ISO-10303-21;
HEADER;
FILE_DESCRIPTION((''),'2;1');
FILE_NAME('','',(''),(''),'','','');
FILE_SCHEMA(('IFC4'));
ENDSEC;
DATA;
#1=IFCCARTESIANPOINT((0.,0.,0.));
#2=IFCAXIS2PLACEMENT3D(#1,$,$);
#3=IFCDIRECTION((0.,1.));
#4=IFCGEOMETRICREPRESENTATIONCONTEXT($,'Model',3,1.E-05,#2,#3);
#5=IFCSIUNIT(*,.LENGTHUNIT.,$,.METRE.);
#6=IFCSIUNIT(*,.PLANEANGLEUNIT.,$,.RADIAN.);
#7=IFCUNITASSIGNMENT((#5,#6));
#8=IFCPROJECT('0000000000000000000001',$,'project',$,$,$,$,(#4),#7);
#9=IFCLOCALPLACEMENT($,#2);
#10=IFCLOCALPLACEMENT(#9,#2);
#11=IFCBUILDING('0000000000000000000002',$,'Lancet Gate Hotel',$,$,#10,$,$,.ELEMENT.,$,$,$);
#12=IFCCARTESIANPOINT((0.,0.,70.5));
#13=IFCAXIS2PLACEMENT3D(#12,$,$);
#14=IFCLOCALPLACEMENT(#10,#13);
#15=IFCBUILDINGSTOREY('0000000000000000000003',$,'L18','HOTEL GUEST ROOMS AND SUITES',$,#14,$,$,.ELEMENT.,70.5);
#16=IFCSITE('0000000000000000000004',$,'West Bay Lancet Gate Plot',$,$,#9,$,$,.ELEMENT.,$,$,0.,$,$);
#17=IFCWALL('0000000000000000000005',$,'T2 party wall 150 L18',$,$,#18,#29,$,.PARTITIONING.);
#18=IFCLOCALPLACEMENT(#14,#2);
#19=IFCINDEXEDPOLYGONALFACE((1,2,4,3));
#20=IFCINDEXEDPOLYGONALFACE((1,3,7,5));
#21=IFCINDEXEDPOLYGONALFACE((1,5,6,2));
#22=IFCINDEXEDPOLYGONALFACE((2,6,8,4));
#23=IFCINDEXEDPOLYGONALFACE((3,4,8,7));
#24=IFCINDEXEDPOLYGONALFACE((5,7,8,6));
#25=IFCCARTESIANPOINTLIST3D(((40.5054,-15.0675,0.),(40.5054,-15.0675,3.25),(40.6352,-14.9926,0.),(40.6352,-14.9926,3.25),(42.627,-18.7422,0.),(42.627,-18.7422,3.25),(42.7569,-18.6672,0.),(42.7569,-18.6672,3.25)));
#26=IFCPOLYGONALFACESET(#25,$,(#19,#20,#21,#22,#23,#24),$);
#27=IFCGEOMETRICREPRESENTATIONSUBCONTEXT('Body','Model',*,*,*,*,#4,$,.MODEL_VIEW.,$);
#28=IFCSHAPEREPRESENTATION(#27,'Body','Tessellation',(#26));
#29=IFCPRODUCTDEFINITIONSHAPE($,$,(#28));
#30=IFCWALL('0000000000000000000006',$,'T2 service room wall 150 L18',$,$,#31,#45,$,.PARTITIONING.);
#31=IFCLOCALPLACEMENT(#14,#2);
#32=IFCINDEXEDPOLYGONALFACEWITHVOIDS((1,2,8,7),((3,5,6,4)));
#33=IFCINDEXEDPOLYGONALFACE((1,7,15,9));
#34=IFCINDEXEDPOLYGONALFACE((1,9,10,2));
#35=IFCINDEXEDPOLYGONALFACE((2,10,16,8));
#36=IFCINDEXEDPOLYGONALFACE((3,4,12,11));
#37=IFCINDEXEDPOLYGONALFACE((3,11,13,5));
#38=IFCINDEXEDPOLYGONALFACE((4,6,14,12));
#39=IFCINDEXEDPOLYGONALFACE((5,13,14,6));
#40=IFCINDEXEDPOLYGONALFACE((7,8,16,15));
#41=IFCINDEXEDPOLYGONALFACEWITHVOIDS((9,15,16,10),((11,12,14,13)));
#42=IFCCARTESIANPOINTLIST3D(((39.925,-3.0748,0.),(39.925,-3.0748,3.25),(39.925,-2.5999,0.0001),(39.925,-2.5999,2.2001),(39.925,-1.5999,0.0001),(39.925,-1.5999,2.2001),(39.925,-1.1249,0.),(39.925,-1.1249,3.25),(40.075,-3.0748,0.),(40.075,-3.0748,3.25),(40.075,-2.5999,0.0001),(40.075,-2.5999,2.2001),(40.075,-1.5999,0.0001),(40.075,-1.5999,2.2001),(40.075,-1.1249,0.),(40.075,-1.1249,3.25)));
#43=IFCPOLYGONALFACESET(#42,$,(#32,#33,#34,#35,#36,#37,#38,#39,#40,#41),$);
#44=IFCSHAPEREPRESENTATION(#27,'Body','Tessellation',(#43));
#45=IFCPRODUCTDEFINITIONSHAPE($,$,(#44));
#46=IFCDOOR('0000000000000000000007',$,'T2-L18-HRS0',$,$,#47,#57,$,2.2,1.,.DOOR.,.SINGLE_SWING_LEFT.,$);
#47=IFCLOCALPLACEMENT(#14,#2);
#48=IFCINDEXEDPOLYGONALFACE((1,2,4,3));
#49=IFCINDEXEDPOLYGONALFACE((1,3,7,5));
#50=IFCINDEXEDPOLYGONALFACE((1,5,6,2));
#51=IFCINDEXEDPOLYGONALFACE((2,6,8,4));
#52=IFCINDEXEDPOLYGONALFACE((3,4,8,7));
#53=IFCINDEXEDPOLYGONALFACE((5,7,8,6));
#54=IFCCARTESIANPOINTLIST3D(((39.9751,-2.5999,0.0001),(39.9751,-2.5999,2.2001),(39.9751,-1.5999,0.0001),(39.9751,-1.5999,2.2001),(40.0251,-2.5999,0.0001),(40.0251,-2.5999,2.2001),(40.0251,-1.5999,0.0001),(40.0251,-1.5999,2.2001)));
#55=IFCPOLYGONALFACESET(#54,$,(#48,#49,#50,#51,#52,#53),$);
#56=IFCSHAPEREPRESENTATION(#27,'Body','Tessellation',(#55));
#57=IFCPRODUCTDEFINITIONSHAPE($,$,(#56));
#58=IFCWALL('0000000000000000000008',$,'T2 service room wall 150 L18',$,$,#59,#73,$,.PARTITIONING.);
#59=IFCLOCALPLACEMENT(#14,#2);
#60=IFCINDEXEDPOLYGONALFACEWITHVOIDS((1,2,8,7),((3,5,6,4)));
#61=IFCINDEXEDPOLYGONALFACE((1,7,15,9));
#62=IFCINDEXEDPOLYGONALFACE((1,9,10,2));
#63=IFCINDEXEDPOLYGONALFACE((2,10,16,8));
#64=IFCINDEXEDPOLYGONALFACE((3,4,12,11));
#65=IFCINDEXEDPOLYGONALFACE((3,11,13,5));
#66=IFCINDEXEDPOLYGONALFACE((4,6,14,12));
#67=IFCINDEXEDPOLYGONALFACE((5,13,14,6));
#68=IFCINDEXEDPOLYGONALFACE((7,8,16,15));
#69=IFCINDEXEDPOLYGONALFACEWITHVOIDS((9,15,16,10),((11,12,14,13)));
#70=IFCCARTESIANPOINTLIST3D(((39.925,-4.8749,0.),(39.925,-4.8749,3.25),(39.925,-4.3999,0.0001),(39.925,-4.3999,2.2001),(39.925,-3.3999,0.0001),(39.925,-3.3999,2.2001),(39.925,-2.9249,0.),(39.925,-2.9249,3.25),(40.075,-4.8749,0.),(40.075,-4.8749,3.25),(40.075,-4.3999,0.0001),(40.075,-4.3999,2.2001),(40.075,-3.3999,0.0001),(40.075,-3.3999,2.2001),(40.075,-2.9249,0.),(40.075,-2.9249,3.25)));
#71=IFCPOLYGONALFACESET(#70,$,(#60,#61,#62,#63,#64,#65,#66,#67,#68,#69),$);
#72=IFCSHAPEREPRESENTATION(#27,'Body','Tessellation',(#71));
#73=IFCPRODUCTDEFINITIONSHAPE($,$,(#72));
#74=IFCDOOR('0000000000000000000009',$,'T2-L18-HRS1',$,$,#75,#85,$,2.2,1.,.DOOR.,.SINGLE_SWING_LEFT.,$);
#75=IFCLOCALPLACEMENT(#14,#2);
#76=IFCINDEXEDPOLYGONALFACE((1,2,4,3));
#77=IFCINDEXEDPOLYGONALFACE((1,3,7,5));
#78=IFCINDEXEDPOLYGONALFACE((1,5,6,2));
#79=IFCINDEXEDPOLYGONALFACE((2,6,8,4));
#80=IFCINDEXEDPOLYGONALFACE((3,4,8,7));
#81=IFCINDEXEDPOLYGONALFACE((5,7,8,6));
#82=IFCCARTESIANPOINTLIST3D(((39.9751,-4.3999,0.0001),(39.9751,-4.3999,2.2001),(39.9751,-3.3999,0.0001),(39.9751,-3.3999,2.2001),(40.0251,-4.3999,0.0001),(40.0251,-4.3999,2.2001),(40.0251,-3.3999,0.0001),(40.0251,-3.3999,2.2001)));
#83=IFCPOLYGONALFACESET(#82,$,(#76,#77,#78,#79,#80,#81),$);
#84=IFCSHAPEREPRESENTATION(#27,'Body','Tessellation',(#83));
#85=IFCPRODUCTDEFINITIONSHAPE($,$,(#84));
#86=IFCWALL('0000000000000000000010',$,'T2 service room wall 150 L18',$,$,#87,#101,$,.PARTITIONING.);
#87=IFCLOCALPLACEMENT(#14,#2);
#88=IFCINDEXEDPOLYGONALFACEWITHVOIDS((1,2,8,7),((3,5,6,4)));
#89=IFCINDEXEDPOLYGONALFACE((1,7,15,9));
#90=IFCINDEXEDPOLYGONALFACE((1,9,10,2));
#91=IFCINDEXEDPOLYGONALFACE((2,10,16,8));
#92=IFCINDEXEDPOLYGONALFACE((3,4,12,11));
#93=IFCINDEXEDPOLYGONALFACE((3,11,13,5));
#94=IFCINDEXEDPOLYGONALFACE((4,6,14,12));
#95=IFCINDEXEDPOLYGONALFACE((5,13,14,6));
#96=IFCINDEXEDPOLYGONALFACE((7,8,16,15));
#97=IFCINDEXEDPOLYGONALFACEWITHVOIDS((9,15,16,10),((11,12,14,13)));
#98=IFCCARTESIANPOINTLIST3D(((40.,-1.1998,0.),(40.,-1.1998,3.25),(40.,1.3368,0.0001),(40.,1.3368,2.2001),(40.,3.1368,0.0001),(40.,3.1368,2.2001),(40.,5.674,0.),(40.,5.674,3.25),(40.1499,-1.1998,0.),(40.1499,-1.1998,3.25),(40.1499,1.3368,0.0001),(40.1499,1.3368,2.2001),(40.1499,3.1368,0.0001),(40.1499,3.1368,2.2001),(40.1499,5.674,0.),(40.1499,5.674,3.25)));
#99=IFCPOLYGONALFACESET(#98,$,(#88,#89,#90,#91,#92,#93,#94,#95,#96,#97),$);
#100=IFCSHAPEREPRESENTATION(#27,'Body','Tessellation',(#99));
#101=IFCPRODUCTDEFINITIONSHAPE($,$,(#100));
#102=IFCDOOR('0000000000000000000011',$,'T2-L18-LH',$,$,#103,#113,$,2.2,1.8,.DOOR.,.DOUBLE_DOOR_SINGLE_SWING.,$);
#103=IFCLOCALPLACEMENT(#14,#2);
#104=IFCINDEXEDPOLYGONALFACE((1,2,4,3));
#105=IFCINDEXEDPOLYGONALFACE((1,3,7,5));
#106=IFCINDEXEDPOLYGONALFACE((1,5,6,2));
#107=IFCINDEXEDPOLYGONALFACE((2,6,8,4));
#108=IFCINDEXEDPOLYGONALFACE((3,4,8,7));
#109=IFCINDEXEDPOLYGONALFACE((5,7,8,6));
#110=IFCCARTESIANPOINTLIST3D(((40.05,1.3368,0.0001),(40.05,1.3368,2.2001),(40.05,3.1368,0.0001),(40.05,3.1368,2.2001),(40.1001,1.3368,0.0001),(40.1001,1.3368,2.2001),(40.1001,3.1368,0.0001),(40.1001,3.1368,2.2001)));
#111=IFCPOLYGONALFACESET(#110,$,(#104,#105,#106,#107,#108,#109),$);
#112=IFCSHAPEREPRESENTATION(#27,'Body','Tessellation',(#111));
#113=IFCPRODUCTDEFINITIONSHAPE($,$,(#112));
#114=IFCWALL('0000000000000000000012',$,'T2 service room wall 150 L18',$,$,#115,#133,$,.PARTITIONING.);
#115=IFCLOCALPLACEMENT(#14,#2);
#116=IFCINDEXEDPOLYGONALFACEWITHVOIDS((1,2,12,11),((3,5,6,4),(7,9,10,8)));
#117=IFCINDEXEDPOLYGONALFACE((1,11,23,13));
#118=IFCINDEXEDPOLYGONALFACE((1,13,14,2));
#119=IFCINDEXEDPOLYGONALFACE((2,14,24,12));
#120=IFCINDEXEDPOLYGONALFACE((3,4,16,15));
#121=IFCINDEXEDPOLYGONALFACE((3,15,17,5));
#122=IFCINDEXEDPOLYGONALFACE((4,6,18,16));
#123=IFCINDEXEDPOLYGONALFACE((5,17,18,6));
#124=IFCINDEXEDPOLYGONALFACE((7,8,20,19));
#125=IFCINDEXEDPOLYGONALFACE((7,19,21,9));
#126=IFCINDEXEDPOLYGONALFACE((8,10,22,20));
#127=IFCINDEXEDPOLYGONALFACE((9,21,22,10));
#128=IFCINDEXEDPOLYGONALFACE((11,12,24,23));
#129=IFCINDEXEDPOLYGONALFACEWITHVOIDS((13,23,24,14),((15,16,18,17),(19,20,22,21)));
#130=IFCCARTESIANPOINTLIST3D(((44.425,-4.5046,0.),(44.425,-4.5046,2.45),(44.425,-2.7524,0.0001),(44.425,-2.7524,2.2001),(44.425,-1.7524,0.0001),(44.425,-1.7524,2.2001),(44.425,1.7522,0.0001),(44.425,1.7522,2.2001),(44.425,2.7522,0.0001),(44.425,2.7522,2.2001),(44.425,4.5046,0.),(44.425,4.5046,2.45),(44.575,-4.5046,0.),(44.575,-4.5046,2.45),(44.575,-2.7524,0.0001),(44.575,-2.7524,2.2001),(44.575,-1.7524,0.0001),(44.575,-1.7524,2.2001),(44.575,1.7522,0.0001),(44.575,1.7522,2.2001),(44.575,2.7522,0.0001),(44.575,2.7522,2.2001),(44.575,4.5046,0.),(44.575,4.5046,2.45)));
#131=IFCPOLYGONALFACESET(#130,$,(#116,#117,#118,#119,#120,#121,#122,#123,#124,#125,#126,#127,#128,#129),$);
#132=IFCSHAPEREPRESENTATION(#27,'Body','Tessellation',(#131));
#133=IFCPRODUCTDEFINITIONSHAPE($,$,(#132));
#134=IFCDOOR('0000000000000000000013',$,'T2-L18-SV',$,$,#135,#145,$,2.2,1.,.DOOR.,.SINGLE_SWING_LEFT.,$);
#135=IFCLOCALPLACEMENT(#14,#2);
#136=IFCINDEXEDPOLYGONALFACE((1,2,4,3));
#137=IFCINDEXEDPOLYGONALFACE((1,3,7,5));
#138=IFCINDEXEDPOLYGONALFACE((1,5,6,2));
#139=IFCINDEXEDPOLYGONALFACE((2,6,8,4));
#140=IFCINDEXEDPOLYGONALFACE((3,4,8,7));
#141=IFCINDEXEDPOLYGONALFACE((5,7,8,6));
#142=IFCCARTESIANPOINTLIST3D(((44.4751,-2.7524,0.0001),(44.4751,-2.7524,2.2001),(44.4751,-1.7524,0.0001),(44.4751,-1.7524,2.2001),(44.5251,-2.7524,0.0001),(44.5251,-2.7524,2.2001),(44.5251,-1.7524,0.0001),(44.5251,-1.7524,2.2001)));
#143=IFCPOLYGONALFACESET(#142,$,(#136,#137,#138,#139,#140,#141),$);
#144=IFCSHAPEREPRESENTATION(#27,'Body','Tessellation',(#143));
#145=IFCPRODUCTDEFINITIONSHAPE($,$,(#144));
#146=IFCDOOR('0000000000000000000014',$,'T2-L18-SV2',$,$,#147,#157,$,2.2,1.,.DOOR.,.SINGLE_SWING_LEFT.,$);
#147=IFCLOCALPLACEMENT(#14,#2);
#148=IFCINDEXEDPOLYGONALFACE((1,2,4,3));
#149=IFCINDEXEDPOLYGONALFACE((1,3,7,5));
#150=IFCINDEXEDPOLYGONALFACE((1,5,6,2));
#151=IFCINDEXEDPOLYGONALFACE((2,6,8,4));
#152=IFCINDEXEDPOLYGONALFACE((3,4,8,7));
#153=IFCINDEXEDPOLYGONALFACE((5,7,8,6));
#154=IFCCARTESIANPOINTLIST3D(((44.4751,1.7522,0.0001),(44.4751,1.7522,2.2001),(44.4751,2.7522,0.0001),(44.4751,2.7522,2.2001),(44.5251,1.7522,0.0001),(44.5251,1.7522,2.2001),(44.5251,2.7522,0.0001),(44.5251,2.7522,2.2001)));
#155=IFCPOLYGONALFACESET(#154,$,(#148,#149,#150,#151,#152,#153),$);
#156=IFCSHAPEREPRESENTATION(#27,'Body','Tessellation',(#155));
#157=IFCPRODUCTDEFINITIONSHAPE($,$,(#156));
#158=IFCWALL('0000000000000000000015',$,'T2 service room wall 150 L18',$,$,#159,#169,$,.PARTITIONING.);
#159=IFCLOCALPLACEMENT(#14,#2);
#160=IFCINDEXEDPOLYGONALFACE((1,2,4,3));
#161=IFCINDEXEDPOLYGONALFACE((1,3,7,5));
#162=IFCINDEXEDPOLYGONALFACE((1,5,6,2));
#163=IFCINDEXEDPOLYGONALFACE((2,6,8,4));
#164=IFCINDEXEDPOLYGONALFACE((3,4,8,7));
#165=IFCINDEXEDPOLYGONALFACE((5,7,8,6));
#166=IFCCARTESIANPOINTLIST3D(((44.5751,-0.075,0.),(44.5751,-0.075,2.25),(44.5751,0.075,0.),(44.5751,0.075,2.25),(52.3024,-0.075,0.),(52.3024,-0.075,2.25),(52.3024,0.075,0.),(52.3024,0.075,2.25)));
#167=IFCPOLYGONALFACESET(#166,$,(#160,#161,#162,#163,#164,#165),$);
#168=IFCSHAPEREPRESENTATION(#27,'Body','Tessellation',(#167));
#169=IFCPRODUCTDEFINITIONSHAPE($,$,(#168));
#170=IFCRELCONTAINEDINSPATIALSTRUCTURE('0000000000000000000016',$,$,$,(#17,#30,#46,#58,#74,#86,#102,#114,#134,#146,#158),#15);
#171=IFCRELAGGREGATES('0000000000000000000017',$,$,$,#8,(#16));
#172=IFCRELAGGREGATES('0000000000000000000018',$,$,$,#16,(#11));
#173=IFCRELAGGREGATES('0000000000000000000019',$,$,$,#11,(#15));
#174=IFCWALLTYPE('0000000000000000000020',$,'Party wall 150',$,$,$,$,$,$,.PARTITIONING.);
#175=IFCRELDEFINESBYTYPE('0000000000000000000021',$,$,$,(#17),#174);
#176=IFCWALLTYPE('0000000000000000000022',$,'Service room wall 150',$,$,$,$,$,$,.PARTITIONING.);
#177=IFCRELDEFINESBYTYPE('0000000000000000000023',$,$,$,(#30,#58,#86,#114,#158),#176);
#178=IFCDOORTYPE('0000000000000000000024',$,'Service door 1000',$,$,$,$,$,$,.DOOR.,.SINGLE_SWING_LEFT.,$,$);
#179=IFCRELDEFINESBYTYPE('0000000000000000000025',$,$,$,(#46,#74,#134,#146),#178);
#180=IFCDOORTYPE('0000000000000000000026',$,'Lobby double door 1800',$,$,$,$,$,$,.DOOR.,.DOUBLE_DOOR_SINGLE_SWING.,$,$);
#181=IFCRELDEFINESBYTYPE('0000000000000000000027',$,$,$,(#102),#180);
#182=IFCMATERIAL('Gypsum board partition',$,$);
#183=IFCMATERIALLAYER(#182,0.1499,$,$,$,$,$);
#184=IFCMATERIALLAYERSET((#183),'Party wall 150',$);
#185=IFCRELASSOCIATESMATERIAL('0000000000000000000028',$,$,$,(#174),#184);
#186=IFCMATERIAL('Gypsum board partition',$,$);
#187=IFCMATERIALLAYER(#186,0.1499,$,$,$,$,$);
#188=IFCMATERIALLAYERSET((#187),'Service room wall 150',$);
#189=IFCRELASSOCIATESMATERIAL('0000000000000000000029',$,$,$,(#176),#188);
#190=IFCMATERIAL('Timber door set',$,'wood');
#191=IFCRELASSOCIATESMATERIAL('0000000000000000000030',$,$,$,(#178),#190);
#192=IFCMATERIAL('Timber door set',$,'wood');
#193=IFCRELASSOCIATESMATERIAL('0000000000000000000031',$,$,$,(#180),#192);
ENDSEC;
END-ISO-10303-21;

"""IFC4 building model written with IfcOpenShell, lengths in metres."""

from ifc_helpers import new_model, si_unit, direction, frame, frame_2d, origin, place, context, subcontext, project, spatial, rectangle, extrude, material, layer, layer_set, type_object, element, fill, save


model = new_model("IFC4")

# Units and contexts
model_context = context("Model", 3, precision=1e-05, world=origin(), true_north=direction((0.0, 1.0)))
body_context = subcontext(model_context, "Body", "Model", "MODEL_VIEW")
ifc_project = project(units=[si_unit("LENGTHUNIT", "METRE"), si_unit("PLANEANGLEUNIT", "RADIAN")], contexts=[model_context])

# Site, building, storey
site_placement = place(None, origin())
site = spatial("IfcSite", under=ifc_project, at=site_placement, Name="West Bay Lancet Gate Plot", CompositionType="ELEMENT", RefElevation=0.0)
building_placement = place(site_placement, origin())
building = spatial("IfcBuilding", under=site, at=building_placement, Name="Lancet Gate Hotel", CompositionType="ELEMENT")
storey_placement = place(building_placement, frame((0.0, 0.0, 70.5)))
storey = spatial("IfcBuildingStorey", under=building, at=storey_placement, Name="L18", Description="HOTEL GUEST ROOMS AND SUITES", CompositionType="ELEMENT", Elevation=70.5)

# Wall
ifc_material_1 = material(Name="Gypsum board partition")
ifc_layer_1 = layer(ifc_material_1, 0.1499)
ifc_layer_set_1 = layer_set([ifc_layer_1], Name="Party wall 150")
wall_type_1 = type_object("IfcWallType", Name="Party wall 150", PredefinedType="PARTITIONING", material=ifc_layer_set_1)
wall_1_placement = place(storey_placement, frame((40.5703, -15.03, 0.0), z_axis=(0.0, 0.0, 1.0), x_axis=(0.500013, -0.866018, 0.0)))
element("IfcWall", 1, at=wall_1_placement, inside=storey, type_object=wall_type_1, Name="T2 party wall 150 L18", PredefinedType="PARTITIONING", context=body_context, shape_type="SweptSolid", body=[
    extrude(rectangle(XDim=4.2432, YDim=0.1499, at=frame_2d((2.1216, 0.0))), origin(), (0.0, 0.0, 1.0), 3.25),
])

# Walls, openings, doors
ifc_material_2 = material(Name="Gypsum board partition")
ifc_layer_2 = layer(ifc_material_2, 0.1499)
ifc_layer_set_2 = layer_set([ifc_layer_2], Name="Service room wall 150")
wall_type_2 = type_object("IfcWallType", Name="Service room wall 150", PredefinedType="PARTITIONING", material=ifc_layer_set_2)
wall_2_placement = place(storey_placement, frame((40.0, -3.075, 0.0), z_axis=(0.0, 0.0, 1.0), x_axis=(0.0, 1.0, 0.0)))
wall_2 = element("IfcWall", 2, at=wall_2_placement, inside=storey, type_object=wall_type_2, Name="T2 service room wall 150 L18", PredefinedType="PARTITIONING", context=body_context, shape_type="SweptSolid", body=[
    extrude(rectangle(XDim=1.95, YDim=0.1499, at=frame_2d((0.9751, 0.0))), origin(), (0.0, 0.0, 1.0), 3.25),
])
opening_1_placement = place(wall_2_placement, frame((0.4751, 0.0, 0.0)))
opening_1 = element("IfcOpeningElement", 3, at=opening_1_placement, cuts=wall_2, PredefinedType="OPENING", context=body_context, shape_type="SweptSolid", body=[
    extrude(rectangle(XDim=1.0, YDim=2.2, at=frame_2d((0.5, 1.1001))), frame((0.0, 0.085, 0.0), z_axis=(0.0, -1.0, 0.0), x_axis=(1.0, 0.0, 0.0)), (0.0, 0.0, 1.0), 0.1699),
])
ifc_material_3 = material(Name="Timber door set", Category="wood")
door_type_1 = type_object("IfcDoorType", Name="Service door 1000", OperationType="SINGLE_SWING_LEFT", PredefinedType="DOOR", material=ifc_material_3)
door_1_placement = place(opening_1_placement, origin())
door_1 = element("IfcDoor", 4, at=door_1_placement, inside=storey, type_object=door_type_1, Name="T2-L18-HRS0", OperationType="SINGLE_SWING_LEFT", OverallHeight=2.2, OverallWidth=1.0, PredefinedType="DOOR", context=body_context, shape_type="SweptSolid", body=[
    extrude(rectangle(XDim=1.0, YDim=2.2, at=frame_2d((0.5, 1.1001))), frame((0.0, 0.0249, 0.0), z_axis=(0.0, -1.0, 0.0), x_axis=(1.0, 0.0, 0.0)), (0.0, 0.0, 1.0), 0.05),
])
fill(opening_1, door_1)
wall_3_placement = place(storey_placement, frame((40.0, -4.875, 0.0), z_axis=(0.0, 0.0, 1.0), x_axis=(0.0, 1.0, 0.0)))
wall_3 = element("IfcWall", 5, at=wall_3_placement, inside=storey, type_object=wall_type_2, Name="T2 service room wall 150 L18", PredefinedType="PARTITIONING", context=body_context, shape_type="SweptSolid", body=[
    extrude(rectangle(XDim=1.95, YDim=0.1499, at=frame_2d((0.9751, 0.0))), origin(), (0.0, 0.0, 1.0), 3.25),
])
opening_2_placement = place(wall_3_placement, frame((0.4751, 0.0, 0.0)))
opening_2 = element("IfcOpeningElement", 6, at=opening_2_placement, cuts=wall_3, PredefinedType="OPENING", context=body_context, shape_type="SweptSolid", body=[
    extrude(rectangle(XDim=1.0, YDim=2.2, at=frame_2d((0.5, 1.1001))), frame((0.0, 0.085, 0.0), z_axis=(0.0, -1.0, 0.0), x_axis=(1.0, 0.0, 0.0)), (0.0, 0.0, 1.0), 0.1699),
])
door_2_placement = place(opening_2_placement, origin())
door_2 = element("IfcDoor", 7, at=door_2_placement, inside=storey, type_object=door_type_1, Name="T2-L18-HRS1", OperationType="SINGLE_SWING_LEFT", OverallHeight=2.2, OverallWidth=1.0, PredefinedType="DOOR", context=body_context, shape_type="SweptSolid", body=[
    extrude(rectangle(XDim=1.0, YDim=2.2, at=frame_2d((0.5, 1.1001))), frame((0.0, 0.0249, 0.0), z_axis=(0.0, -1.0, 0.0), x_axis=(1.0, 0.0, 0.0)), (0.0, 0.0, 1.0), 0.05),
])
fill(opening_2, door_2)
wall_4_placement = place(storey_placement, frame((40.075, -1.2, 0.0), z_axis=(0.0, 0.0, 1.0), x_axis=(0.0, 1.0, 0.0)))
wall_4 = element("IfcWall", 8, at=wall_4_placement, inside=storey, type_object=wall_type_2, Name="T2 service room wall 150 L18", PredefinedType="PARTITIONING", context=body_context, shape_type="SweptSolid", body=[
    extrude(rectangle(XDim=6.8738, YDim=0.1499, at=frame_2d((3.437, 0.0))), origin(), (0.0, 0.0, 1.0), 3.25),
])
opening_3_placement = place(wall_4_placement, frame((2.5369, 0.0, 0.0)))
opening_3 = element("IfcOpeningElement", 9, at=opening_3_placement, cuts=wall_4, PredefinedType="OPENING", context=body_context, shape_type="SweptSolid", body=[
    extrude(rectangle(XDim=1.8, YDim=2.2, at=frame_2d((0.8999, 1.1001))), frame((0.0, 0.085, 0.0), z_axis=(0.0, -1.0, 0.0), x_axis=(1.0, 0.0, 0.0)), (0.0, 0.0, 1.0), 0.1699),
])
ifc_material_4 = material(Name="Timber door set", Category="wood")
door_type_2 = type_object("IfcDoorType", Name="Lobby double door 1800", OperationType="DOUBLE_DOOR_SINGLE_SWING", PredefinedType="DOOR", material=ifc_material_4)
door_3_placement = place(opening_3_placement, origin())
door_3 = element("IfcDoor", 10, at=door_3_placement, inside=storey, type_object=door_type_2, Name="T2-L18-LH", OperationType="DOUBLE_DOOR_SINGLE_SWING", OverallHeight=2.2, OverallWidth=1.8, PredefinedType="DOOR", context=body_context, shape_type="SweptSolid", body=[
    extrude(rectangle(XDim=1.8, YDim=2.2, at=frame_2d((0.8999, 1.1001))), frame((0.0, 0.0249, 0.0), z_axis=(0.0, -1.0, 0.0), x_axis=(1.0, 0.0, 0.0)), (0.0, 0.0, 1.0), 0.05),
])
fill(opening_3, door_3)

# Wall, openings, doors
wall_5_placement = place(storey_placement, frame((44.5, -4.5046, 0.0), z_axis=(0.0, 0.0, 1.0), x_axis=(0.0, 1.0, 0.0)))
wall_5 = element("IfcWall", 11, at=wall_5_placement, inside=storey, type_object=wall_type_2, Name="T2 service room wall 150 L18", PredefinedType="PARTITIONING", context=body_context, shape_type="SweptSolid", body=[
    extrude(rectangle(XDim=9.0093, YDim=0.1499, at=frame_2d((4.5046, 0.0))), origin(), (0.0, 0.0, 1.0), 2.45),
])
opening_4_placement = place(wall_5_placement, frame((1.7522, 0.0, 0.0)))
opening_4 = element("IfcOpeningElement", 12, at=opening_4_placement, cuts=wall_5, PredefinedType="OPENING", context=body_context, shape_type="SweptSolid", body=[
    extrude(rectangle(XDim=1.0, YDim=2.2, at=frame_2d((0.5, 1.1001))), frame((0.0, 0.085, 0.0), z_axis=(0.0, -1.0, 0.0), x_axis=(1.0, 0.0, 0.0)), (0.0, 0.0, 1.0), 0.1699),
])
opening_5_placement = place(wall_5_placement, frame((6.2568, 0.0, 0.0)))
opening_5 = element("IfcOpeningElement", 13, at=opening_5_placement, cuts=wall_5, PredefinedType="OPENING", context=body_context, shape_type="SweptSolid", body=[
    extrude(rectangle(XDim=1.0, YDim=2.2, at=frame_2d((0.5, 1.1001))), frame((0.0, 0.085, 0.0), z_axis=(0.0, -1.0, 0.0), x_axis=(1.0, 0.0, 0.0)), (0.0, 0.0, 1.0), 0.1699),
])
door_4_placement = place(opening_4_placement, origin())
door_4 = element("IfcDoor", 14, at=door_4_placement, inside=storey, type_object=door_type_1, Name="T2-L18-SV", OperationType="SINGLE_SWING_LEFT", OverallHeight=2.2, OverallWidth=1.0, PredefinedType="DOOR", context=body_context, shape_type="SweptSolid", body=[
    extrude(rectangle(XDim=1.0, YDim=2.2, at=frame_2d((0.5, 1.1001))), frame((0.0, 0.0249, 0.0), z_axis=(0.0, -1.0, 0.0), x_axis=(1.0, 0.0, 0.0)), (0.0, 0.0, 1.0), 0.05),
])
fill(opening_4, door_4)
door_5_placement = place(opening_5_placement, origin())
door_5 = element("IfcDoor", 15, at=door_5_placement, inside=storey, type_object=door_type_1, Name="T2-L18-SV2", OperationType="SINGLE_SWING_LEFT", OverallHeight=2.2, OverallWidth=1.0, PredefinedType="DOOR", context=body_context, shape_type="SweptSolid", body=[
    extrude(rectangle(XDim=1.0, YDim=2.2, at=frame_2d((0.5, 1.1001))), frame((0.0, 0.0249, 0.0), z_axis=(0.0, -1.0, 0.0), x_axis=(1.0, 0.0, 0.0)), (0.0, 0.0, 1.0), 0.05),
])
fill(opening_5, door_5)

# Wall
wall_6_placement = place(storey_placement, frame((44.575, 0.0, 0.0), z_axis=(0.0, 0.0, 1.0), x_axis=(1.0, 0.0, 0.0)))
element("IfcWall", 16, at=wall_6_placement, inside=storey, type_object=wall_type_2, Name="T2 service room wall 150 L18", PredefinedType="PARTITIONING", context=body_context, shape_type="SweptSolid", body=[
    extrude(rectangle(XDim=7.7273, YDim=0.1499, at=frame_2d((3.8638, 0.0))), origin(), (0.0, 0.0, 1.0), 2.25),
])

save(model, "model.ifc")
